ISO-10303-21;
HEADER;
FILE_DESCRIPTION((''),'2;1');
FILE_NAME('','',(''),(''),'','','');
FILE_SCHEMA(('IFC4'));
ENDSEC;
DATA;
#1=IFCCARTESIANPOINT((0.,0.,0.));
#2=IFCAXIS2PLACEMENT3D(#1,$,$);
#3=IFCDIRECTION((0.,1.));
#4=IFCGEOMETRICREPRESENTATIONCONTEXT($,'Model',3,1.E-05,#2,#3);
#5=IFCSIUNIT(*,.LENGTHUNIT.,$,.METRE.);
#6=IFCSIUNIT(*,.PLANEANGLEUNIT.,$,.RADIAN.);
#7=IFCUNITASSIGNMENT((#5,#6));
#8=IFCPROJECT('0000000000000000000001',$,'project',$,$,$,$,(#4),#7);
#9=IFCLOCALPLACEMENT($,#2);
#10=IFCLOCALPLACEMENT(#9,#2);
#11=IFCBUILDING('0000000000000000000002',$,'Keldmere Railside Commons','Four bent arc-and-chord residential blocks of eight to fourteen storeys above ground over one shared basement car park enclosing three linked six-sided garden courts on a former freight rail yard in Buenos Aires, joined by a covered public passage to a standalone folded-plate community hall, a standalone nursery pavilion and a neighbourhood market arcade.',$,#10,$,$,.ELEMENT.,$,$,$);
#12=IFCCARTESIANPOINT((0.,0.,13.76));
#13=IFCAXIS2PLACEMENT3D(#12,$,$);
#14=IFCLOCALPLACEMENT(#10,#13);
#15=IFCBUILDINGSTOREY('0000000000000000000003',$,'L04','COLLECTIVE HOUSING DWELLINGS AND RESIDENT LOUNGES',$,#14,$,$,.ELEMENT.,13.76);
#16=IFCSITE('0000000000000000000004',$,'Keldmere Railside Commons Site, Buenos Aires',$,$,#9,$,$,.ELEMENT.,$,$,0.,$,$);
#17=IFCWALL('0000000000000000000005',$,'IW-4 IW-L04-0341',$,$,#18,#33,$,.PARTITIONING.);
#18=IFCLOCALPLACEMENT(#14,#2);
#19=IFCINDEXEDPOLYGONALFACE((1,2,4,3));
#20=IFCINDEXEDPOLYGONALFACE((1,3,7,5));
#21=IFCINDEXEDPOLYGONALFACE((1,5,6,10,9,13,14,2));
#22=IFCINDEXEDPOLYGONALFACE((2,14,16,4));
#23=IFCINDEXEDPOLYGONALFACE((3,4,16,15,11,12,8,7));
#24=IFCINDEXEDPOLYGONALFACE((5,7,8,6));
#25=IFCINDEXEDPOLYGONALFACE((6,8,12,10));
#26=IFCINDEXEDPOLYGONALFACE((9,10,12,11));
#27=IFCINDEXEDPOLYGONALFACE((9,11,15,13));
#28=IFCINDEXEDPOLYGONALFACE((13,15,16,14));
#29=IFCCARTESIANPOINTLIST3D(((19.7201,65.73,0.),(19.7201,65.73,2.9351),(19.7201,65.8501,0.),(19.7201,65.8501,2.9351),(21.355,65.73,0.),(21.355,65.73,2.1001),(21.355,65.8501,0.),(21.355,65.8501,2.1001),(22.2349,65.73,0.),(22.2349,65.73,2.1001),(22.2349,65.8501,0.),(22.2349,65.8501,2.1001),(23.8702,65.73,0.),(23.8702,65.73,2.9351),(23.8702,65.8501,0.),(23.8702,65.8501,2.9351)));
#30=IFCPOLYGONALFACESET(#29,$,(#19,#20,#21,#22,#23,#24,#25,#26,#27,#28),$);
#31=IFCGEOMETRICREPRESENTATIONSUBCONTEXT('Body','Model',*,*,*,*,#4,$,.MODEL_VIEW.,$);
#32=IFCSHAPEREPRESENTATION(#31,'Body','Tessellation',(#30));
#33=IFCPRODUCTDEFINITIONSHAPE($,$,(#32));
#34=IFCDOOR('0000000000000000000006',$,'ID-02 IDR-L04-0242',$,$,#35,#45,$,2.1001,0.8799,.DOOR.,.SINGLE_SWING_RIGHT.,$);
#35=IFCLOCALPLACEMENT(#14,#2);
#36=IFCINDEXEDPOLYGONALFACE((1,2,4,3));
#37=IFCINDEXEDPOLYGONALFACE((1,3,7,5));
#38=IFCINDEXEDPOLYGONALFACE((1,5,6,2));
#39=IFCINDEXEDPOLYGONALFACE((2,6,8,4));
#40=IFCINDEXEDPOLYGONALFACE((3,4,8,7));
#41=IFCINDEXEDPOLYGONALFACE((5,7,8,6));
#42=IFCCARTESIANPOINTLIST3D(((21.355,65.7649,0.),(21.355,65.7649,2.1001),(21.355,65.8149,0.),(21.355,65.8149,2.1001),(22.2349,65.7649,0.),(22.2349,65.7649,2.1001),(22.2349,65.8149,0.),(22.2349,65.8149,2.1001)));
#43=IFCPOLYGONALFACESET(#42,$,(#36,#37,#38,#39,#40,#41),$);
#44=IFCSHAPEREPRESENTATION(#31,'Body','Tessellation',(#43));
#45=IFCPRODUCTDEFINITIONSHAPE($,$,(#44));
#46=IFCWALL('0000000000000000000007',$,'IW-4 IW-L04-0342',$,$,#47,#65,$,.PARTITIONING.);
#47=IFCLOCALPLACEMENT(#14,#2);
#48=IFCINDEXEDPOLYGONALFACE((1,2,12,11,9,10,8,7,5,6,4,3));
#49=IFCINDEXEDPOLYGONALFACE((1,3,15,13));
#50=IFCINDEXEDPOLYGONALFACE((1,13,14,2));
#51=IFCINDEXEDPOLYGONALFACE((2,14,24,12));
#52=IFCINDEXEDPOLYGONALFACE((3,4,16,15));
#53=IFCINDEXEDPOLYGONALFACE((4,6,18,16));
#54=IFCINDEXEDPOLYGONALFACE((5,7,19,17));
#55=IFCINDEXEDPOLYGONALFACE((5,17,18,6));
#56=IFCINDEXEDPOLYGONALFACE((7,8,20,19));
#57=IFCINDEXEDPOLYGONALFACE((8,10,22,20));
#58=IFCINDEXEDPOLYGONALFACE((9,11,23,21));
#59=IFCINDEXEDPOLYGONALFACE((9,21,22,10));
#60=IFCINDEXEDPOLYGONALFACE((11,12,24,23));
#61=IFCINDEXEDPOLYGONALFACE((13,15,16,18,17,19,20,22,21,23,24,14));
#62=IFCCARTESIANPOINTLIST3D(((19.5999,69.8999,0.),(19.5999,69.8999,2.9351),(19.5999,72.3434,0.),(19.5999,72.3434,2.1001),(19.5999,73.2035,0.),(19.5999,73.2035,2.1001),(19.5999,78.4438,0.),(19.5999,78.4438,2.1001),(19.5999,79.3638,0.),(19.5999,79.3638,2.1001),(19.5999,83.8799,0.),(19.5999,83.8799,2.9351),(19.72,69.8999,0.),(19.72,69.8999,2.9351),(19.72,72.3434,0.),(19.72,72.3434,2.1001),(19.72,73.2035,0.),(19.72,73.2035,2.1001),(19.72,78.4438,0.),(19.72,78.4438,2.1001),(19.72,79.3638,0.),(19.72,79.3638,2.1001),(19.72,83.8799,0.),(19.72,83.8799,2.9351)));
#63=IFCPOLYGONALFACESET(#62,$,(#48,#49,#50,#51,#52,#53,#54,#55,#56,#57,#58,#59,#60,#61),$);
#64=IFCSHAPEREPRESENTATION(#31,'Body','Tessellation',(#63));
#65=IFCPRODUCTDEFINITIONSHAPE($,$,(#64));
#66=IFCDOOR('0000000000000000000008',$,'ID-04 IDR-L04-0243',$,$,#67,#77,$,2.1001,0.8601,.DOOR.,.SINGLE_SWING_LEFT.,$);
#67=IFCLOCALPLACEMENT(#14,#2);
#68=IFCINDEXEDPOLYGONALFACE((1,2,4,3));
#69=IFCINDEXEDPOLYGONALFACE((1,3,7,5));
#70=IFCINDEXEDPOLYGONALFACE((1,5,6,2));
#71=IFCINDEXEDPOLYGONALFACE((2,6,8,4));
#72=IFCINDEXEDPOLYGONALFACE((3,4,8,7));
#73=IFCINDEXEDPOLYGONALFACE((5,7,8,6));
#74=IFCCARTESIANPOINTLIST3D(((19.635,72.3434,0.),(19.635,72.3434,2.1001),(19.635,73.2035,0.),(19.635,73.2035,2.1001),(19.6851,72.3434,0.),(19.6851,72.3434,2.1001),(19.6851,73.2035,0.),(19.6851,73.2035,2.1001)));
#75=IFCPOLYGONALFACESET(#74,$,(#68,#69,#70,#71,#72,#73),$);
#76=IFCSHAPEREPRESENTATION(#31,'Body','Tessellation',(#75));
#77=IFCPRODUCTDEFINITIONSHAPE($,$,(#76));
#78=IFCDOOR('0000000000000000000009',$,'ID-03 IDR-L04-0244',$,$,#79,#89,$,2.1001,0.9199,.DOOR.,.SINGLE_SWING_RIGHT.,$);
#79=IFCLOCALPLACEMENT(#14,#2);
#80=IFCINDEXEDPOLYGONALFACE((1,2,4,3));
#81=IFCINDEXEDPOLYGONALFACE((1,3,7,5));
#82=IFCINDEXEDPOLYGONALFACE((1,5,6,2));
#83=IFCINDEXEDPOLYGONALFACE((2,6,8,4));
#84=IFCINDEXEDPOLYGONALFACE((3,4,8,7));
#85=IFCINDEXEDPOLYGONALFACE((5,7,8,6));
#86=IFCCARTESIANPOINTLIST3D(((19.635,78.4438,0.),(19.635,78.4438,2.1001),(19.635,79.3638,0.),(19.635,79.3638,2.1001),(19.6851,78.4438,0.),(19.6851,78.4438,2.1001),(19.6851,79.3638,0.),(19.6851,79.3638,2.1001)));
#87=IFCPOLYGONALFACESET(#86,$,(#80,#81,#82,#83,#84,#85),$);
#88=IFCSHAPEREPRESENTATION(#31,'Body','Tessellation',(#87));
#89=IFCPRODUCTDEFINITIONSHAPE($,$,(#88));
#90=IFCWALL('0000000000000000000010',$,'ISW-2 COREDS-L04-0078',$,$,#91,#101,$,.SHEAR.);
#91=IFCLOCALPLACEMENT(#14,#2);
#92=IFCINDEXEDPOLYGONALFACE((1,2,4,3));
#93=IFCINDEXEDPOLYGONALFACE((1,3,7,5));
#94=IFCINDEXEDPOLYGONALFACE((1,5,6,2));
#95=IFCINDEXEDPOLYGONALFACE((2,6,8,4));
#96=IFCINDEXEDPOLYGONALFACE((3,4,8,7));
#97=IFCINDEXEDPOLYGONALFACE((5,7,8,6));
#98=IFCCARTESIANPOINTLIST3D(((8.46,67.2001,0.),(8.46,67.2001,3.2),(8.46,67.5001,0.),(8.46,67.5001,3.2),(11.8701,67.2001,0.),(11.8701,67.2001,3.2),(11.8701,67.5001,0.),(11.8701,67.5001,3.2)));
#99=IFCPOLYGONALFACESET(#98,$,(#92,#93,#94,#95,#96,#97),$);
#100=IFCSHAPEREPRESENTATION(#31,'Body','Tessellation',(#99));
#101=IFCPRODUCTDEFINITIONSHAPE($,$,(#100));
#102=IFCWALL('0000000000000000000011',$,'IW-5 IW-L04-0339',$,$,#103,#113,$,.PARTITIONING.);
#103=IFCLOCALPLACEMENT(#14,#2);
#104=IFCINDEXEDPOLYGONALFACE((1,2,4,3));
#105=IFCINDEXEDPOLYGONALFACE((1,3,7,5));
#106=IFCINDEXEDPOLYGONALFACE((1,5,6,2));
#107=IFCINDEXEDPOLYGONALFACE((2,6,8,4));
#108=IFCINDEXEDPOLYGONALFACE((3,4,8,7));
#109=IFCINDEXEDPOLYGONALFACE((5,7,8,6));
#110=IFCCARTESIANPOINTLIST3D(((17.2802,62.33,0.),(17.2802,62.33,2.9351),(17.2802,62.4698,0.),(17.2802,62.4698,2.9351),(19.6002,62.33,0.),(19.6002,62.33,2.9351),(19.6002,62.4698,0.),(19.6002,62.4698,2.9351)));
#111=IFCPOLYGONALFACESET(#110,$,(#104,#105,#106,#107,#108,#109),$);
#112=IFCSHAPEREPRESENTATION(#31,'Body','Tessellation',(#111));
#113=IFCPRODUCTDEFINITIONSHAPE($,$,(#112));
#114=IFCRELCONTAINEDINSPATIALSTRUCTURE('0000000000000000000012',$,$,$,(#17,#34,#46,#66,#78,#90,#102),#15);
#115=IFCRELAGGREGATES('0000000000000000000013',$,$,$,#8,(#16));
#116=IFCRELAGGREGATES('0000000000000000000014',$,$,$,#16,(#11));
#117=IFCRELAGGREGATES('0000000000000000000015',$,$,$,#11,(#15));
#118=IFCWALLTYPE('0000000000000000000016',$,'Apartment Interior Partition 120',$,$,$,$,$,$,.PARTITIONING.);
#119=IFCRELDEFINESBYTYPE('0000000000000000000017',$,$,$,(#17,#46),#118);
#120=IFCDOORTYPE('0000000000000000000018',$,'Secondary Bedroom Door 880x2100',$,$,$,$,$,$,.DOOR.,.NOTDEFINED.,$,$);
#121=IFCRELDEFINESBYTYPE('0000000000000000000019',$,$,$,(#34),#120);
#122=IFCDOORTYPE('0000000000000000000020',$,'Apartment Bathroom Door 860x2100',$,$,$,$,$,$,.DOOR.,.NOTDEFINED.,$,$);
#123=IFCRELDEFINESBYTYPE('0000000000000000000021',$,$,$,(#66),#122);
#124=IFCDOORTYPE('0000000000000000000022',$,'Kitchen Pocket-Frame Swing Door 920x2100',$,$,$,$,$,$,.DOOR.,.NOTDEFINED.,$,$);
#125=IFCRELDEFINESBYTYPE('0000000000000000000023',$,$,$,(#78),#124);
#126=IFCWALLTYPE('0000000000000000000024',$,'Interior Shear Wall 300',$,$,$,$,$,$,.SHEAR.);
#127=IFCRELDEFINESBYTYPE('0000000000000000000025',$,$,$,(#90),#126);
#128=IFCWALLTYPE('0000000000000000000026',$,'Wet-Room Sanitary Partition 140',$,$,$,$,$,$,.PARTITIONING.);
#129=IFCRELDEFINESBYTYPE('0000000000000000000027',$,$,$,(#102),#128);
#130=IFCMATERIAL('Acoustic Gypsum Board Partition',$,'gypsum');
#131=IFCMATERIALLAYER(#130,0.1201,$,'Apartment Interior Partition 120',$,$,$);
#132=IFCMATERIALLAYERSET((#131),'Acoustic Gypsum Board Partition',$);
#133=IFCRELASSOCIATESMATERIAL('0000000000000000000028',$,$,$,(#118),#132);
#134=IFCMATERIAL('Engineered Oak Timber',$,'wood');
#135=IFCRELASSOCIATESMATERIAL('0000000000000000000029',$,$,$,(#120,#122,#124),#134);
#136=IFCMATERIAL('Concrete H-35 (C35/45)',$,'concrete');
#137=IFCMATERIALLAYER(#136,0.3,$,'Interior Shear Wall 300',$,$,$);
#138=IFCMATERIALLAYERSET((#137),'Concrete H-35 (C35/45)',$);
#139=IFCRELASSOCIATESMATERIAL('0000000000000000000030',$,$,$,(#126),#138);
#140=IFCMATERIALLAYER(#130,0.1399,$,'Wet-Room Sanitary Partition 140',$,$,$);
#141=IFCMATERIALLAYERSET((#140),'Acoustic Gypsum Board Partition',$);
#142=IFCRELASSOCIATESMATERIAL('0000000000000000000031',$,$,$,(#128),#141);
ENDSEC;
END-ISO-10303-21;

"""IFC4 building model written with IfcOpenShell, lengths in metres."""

from ifc_helpers import new_model, si_unit, direction, frame, frame_2d, origin, place, context, subcontext, project, spatial, rectangle, extrude, material, layer, layer_set, type_object, element, fill, save


model = new_model("IFC4")

# Units and contexts
model_context = context("Model", 3, precision=1e-05, world=origin(), true_north=direction((0.0, 1.0)))
body_context = subcontext(model_context, "Body", "Model", "MODEL_VIEW")
ifc_project = project(units=[si_unit("LENGTHUNIT", "METRE"), si_unit("PLANEANGLEUNIT", "RADIAN")], contexts=[model_context])

# Site, building, storey
site_placement = place(None, origin())
site = spatial("IfcSite", under=ifc_project, at=site_placement, Name="Keldmere Railside Commons Site, Buenos Aires", CompositionType="ELEMENT", RefElevation=0.0)
building_placement = place(site_placement, origin())
building = spatial("IfcBuilding", under=site, at=building_placement, Name="Keldmere Railside Commons", Description="Four bent arc-and-chord residential blocks of eight to fourteen storeys above ground over one shared basement car park enclosing three linked six-sided garden courts on a former freight rail yard in Buenos Aires, joined by a covered public passage to a standalone folded-plate community hall, a standalone nursery pavilion and a neighbourhood market arcade.", CompositionType="ELEMENT")
storey_placement = place(building_placement, frame((0.0, 0.0, 13.76)))
storey = spatial("IfcBuildingStorey", under=building, at=storey_placement, Name="L04", Description="COLLECTIVE HOUSING DWELLINGS AND RESIDENT LOUNGES", CompositionType="ELEMENT", Elevation=13.76)

# Shared definitions
ifc_material_1 = material(Name="Concrete H-35 (C35/45)", Category="concrete")

# Shared definitions
ifc_material_2 = material(Name="Acoustic Gypsum Board Partition", Category="gypsum")

# Wall, opening, door
ifc_layer_1 = layer(ifc_material_2, 0.1201, Name="Apartment Interior Partition 120")
ifc_layer_set_1 = layer_set([ifc_layer_1], Name="Acoustic Gypsum Board Partition")
wall_type_1 = type_object("IfcWallType", Name="Apartment Interior Partition 120", PredefinedType="PARTITIONING", material=ifc_layer_set_1)
ifc_material_3 = material(Name="Engineered Oak Timber", Category="wood")
wall_1_placement = place(storey_placement, frame((19.72, 65.79, 0.0), z_axis=(0.0, 0.0, 1.0), x_axis=(1.0, 0.0, 0.0)))
wall_1 = element("IfcWall", 1, at=wall_1_placement, inside=storey, type_object=wall_type_1, Name="IW-4 IW-L04-0341", PredefinedType="PARTITIONING", context=body_context, shape_type="SweptSolid", body=[
    extrude(rectangle(XDim=4.1501, YDim=0.1201, at=frame_2d((2.0752, 0.0))), origin(), (0.0, 0.0, 1.0), 2.9351),
])
opening_1_placement = place(wall_1_placement, frame((1.635, 0.0, 0.0)))
opening_1 = element("IfcOpeningElement", 2, at=opening_1_placement, cuts=wall_1, PredefinedType="OPENING", context=body_context, shape_type="SweptSolid", body=[
    extrude(rectangle(XDim=0.8799, YDim=2.1001, at=frame_2d((0.4399, 1.05))), frame((0.0, 0.0701, 0.0), z_axis=(0.0, -1.0, 0.0), x_axis=(1.0, 0.0, 0.0)), (0.0, 0.0, 1.0), 0.1401),
])
door_type_1 = type_object("IfcDoorType", Name="Secondary Bedroom Door 880x2100", OperationType="NOTDEFINED", PredefinedType="DOOR", material=ifc_material_3)
door_1_placement = place(opening_1_placement, origin())
door_1 = element("IfcDoor", 3, at=door_1_placement, inside=storey, type_object=door_type_1, Name="ID-02 IDR-L04-0242", OperationType="SINGLE_SWING_RIGHT", OverallHeight=2.1001, OverallWidth=0.8799, PredefinedType="DOOR", context=body_context, shape_type="SweptSolid", body=[
    extrude(rectangle(XDim=0.8799, YDim=2.1001, at=frame_2d((0.4399, 1.05))), frame((0.0, 0.0249, 0.0), z_axis=(0.0, -1.0, 0.0), x_axis=(1.0, 0.0, 0.0)), (0.0, 0.0, 1.0), 0.05),
])
fill(opening_1, door_1)

# Wall, openings, doors
wall_2_placement = place(storey_placement, frame((19.6599, 69.8999, 0.0), z_axis=(0.0, 0.0, 1.0), x_axis=(0.0, 1.0, 0.0)))
wall_2 = element("IfcWall", 4, at=wall_2_placement, inside=storey, type_object=wall_type_1, Name="IW-4 IW-L04-0342", PredefinedType="PARTITIONING", context=body_context, shape_type="SweptSolid", body=[
    extrude(rectangle(XDim=13.98, YDim=0.1201, at=frame_2d((6.99, 0.0))), origin(), (0.0, 0.0, 1.0), 2.9351),
])
opening_2_placement = place(wall_2_placement, frame((2.4434, 0.0, 0.0)))
opening_2 = element("IfcOpeningElement", 5, at=opening_2_placement, cuts=wall_2, PredefinedType="OPENING", context=body_context, shape_type="SweptSolid", body=[
    extrude(rectangle(XDim=0.8601, YDim=2.1001, at=frame_2d((0.4302, 1.05))), frame((0.0, 0.0701, 0.0), z_axis=(0.0, -1.0, 0.0), x_axis=(1.0, 0.0, 0.0)), (0.0, 0.0, 1.0), 0.1401),
])
opening_3_placement = place(wall_2_placement, frame((8.5439, 0.0, 0.0)))
opening_3 = element("IfcOpeningElement", 6, at=opening_3_placement, cuts=wall_2, PredefinedType="OPENING", context=body_context, shape_type="SweptSolid", body=[
    extrude(rectangle(XDim=0.9199, YDim=2.1001, at=frame_2d((0.46, 1.05))), frame((0.0, 0.0701, 0.0), z_axis=(0.0, -1.0, 0.0), x_axis=(1.0, 0.0, 0.0)), (0.0, 0.0, 1.0), 0.1401),
])
door_type_2 = type_object("IfcDoorType", Name="Apartment Bathroom Door 860x2100", OperationType="NOTDEFINED", PredefinedType="DOOR", material=ifc_material_3)
door_2_placement = place(opening_2_placement, origin())
door_2 = element("IfcDoor", 7, at=door_2_placement, inside=storey, type_object=door_type_2, Name="ID-04 IDR-L04-0243", OperationType="SINGLE_SWING_LEFT", OverallHeight=2.1001, OverallWidth=0.8601, PredefinedType="DOOR", context=body_context, shape_type="SweptSolid", body=[
    extrude(rectangle(XDim=0.8601, YDim=2.1001, at=frame_2d((0.4302, 1.05))), frame((0.0, 0.0249, 0.0), z_axis=(0.0, -1.0, 0.0), x_axis=(1.0, 0.0, 0.0)), (0.0, 0.0, 1.0), 0.05),
])
fill(opening_2, door_2)
door_type_3 = type_object("IfcDoorType", Name="Kitchen Pocket-Frame Swing Door 920x2100", OperationType="NOTDEFINED", PredefinedType="DOOR", material=ifc_material_3)
door_3_placement = place(opening_3_placement, origin())
door_3 = element("IfcDoor", 8, at=door_3_placement, inside=storey, type_object=door_type_3, Name="ID-03 IDR-L04-0244", OperationType="SINGLE_SWING_RIGHT", OverallHeight=2.1001, OverallWidth=0.9199, PredefinedType="DOOR", context=body_context, shape_type="SweptSolid", body=[
    extrude(rectangle(XDim=0.9199, YDim=2.1001, at=frame_2d((0.46, 1.05))), frame((0.0, 0.0249, 0.0), z_axis=(0.0, -1.0, 0.0), x_axis=(1.0, 0.0, 0.0)), (0.0, 0.0, 1.0), 0.05),
])
fill(opening_3, door_3)

# Walls
ifc_layer_2 = layer(ifc_material_1, 0.3, Name="Interior Shear Wall 300")
ifc_layer_set_2 = layer_set([ifc_layer_2], Name="Concrete H-35 (C35/45)")
wall_type_2 = type_object("IfcWallType", Name="Interior Shear Wall 300", PredefinedType="SHEAR", material=ifc_layer_set_2)
wall_3_placement = place(storey_placement, frame((11.8701, 67.3501, 0.0), z_axis=(0.0, 0.0, 1.0), x_axis=(-1.0, 0.0, 0.0)))
element("IfcWall", 9, at=wall_3_placement, inside=storey, type_object=wall_type_2, Name="ISW-2 COREDS-L04-0078", PredefinedType="SHEAR", context=body_context, shape_type="SweptSolid", body=[
    extrude(rectangle(XDim=3.4102, YDim=0.3, at=frame_2d((1.7051, 0.0))), origin(), (0.0, 0.0, 1.0), 3.2),
])
ifc_layer_3 = layer(ifc_material_2, 0.1399, Name="Wet-Room Sanitary Partition 140")
ifc_layer_set_3 = layer_set([ifc_layer_3], Name="Acoustic Gypsum Board Partition")
wall_type_3 = type_object("IfcWallType", Name="Wet-Room Sanitary Partition 140", PredefinedType="PARTITIONING", material=ifc_layer_set_3)
wall_4_placement = place(storey_placement, frame((17.28, 62.3999, 0.0), z_axis=(0.0, 0.0, 1.0), x_axis=(1.0, 0.0, 0.0)))
element("IfcWall", 10, at=wall_4_placement, inside=storey, type_object=wall_type_3, Name="IW-5 IW-L04-0339", PredefinedType="PARTITIONING", context=body_context, shape_type="SweptSolid", body=[
    extrude(rectangle(XDim=2.3201, YDim=0.1399, at=frame_2d((1.1602, 0.0))), origin(), (0.0, 0.0, 1.0), 2.9351),
])

save(model, "model.ifc")
